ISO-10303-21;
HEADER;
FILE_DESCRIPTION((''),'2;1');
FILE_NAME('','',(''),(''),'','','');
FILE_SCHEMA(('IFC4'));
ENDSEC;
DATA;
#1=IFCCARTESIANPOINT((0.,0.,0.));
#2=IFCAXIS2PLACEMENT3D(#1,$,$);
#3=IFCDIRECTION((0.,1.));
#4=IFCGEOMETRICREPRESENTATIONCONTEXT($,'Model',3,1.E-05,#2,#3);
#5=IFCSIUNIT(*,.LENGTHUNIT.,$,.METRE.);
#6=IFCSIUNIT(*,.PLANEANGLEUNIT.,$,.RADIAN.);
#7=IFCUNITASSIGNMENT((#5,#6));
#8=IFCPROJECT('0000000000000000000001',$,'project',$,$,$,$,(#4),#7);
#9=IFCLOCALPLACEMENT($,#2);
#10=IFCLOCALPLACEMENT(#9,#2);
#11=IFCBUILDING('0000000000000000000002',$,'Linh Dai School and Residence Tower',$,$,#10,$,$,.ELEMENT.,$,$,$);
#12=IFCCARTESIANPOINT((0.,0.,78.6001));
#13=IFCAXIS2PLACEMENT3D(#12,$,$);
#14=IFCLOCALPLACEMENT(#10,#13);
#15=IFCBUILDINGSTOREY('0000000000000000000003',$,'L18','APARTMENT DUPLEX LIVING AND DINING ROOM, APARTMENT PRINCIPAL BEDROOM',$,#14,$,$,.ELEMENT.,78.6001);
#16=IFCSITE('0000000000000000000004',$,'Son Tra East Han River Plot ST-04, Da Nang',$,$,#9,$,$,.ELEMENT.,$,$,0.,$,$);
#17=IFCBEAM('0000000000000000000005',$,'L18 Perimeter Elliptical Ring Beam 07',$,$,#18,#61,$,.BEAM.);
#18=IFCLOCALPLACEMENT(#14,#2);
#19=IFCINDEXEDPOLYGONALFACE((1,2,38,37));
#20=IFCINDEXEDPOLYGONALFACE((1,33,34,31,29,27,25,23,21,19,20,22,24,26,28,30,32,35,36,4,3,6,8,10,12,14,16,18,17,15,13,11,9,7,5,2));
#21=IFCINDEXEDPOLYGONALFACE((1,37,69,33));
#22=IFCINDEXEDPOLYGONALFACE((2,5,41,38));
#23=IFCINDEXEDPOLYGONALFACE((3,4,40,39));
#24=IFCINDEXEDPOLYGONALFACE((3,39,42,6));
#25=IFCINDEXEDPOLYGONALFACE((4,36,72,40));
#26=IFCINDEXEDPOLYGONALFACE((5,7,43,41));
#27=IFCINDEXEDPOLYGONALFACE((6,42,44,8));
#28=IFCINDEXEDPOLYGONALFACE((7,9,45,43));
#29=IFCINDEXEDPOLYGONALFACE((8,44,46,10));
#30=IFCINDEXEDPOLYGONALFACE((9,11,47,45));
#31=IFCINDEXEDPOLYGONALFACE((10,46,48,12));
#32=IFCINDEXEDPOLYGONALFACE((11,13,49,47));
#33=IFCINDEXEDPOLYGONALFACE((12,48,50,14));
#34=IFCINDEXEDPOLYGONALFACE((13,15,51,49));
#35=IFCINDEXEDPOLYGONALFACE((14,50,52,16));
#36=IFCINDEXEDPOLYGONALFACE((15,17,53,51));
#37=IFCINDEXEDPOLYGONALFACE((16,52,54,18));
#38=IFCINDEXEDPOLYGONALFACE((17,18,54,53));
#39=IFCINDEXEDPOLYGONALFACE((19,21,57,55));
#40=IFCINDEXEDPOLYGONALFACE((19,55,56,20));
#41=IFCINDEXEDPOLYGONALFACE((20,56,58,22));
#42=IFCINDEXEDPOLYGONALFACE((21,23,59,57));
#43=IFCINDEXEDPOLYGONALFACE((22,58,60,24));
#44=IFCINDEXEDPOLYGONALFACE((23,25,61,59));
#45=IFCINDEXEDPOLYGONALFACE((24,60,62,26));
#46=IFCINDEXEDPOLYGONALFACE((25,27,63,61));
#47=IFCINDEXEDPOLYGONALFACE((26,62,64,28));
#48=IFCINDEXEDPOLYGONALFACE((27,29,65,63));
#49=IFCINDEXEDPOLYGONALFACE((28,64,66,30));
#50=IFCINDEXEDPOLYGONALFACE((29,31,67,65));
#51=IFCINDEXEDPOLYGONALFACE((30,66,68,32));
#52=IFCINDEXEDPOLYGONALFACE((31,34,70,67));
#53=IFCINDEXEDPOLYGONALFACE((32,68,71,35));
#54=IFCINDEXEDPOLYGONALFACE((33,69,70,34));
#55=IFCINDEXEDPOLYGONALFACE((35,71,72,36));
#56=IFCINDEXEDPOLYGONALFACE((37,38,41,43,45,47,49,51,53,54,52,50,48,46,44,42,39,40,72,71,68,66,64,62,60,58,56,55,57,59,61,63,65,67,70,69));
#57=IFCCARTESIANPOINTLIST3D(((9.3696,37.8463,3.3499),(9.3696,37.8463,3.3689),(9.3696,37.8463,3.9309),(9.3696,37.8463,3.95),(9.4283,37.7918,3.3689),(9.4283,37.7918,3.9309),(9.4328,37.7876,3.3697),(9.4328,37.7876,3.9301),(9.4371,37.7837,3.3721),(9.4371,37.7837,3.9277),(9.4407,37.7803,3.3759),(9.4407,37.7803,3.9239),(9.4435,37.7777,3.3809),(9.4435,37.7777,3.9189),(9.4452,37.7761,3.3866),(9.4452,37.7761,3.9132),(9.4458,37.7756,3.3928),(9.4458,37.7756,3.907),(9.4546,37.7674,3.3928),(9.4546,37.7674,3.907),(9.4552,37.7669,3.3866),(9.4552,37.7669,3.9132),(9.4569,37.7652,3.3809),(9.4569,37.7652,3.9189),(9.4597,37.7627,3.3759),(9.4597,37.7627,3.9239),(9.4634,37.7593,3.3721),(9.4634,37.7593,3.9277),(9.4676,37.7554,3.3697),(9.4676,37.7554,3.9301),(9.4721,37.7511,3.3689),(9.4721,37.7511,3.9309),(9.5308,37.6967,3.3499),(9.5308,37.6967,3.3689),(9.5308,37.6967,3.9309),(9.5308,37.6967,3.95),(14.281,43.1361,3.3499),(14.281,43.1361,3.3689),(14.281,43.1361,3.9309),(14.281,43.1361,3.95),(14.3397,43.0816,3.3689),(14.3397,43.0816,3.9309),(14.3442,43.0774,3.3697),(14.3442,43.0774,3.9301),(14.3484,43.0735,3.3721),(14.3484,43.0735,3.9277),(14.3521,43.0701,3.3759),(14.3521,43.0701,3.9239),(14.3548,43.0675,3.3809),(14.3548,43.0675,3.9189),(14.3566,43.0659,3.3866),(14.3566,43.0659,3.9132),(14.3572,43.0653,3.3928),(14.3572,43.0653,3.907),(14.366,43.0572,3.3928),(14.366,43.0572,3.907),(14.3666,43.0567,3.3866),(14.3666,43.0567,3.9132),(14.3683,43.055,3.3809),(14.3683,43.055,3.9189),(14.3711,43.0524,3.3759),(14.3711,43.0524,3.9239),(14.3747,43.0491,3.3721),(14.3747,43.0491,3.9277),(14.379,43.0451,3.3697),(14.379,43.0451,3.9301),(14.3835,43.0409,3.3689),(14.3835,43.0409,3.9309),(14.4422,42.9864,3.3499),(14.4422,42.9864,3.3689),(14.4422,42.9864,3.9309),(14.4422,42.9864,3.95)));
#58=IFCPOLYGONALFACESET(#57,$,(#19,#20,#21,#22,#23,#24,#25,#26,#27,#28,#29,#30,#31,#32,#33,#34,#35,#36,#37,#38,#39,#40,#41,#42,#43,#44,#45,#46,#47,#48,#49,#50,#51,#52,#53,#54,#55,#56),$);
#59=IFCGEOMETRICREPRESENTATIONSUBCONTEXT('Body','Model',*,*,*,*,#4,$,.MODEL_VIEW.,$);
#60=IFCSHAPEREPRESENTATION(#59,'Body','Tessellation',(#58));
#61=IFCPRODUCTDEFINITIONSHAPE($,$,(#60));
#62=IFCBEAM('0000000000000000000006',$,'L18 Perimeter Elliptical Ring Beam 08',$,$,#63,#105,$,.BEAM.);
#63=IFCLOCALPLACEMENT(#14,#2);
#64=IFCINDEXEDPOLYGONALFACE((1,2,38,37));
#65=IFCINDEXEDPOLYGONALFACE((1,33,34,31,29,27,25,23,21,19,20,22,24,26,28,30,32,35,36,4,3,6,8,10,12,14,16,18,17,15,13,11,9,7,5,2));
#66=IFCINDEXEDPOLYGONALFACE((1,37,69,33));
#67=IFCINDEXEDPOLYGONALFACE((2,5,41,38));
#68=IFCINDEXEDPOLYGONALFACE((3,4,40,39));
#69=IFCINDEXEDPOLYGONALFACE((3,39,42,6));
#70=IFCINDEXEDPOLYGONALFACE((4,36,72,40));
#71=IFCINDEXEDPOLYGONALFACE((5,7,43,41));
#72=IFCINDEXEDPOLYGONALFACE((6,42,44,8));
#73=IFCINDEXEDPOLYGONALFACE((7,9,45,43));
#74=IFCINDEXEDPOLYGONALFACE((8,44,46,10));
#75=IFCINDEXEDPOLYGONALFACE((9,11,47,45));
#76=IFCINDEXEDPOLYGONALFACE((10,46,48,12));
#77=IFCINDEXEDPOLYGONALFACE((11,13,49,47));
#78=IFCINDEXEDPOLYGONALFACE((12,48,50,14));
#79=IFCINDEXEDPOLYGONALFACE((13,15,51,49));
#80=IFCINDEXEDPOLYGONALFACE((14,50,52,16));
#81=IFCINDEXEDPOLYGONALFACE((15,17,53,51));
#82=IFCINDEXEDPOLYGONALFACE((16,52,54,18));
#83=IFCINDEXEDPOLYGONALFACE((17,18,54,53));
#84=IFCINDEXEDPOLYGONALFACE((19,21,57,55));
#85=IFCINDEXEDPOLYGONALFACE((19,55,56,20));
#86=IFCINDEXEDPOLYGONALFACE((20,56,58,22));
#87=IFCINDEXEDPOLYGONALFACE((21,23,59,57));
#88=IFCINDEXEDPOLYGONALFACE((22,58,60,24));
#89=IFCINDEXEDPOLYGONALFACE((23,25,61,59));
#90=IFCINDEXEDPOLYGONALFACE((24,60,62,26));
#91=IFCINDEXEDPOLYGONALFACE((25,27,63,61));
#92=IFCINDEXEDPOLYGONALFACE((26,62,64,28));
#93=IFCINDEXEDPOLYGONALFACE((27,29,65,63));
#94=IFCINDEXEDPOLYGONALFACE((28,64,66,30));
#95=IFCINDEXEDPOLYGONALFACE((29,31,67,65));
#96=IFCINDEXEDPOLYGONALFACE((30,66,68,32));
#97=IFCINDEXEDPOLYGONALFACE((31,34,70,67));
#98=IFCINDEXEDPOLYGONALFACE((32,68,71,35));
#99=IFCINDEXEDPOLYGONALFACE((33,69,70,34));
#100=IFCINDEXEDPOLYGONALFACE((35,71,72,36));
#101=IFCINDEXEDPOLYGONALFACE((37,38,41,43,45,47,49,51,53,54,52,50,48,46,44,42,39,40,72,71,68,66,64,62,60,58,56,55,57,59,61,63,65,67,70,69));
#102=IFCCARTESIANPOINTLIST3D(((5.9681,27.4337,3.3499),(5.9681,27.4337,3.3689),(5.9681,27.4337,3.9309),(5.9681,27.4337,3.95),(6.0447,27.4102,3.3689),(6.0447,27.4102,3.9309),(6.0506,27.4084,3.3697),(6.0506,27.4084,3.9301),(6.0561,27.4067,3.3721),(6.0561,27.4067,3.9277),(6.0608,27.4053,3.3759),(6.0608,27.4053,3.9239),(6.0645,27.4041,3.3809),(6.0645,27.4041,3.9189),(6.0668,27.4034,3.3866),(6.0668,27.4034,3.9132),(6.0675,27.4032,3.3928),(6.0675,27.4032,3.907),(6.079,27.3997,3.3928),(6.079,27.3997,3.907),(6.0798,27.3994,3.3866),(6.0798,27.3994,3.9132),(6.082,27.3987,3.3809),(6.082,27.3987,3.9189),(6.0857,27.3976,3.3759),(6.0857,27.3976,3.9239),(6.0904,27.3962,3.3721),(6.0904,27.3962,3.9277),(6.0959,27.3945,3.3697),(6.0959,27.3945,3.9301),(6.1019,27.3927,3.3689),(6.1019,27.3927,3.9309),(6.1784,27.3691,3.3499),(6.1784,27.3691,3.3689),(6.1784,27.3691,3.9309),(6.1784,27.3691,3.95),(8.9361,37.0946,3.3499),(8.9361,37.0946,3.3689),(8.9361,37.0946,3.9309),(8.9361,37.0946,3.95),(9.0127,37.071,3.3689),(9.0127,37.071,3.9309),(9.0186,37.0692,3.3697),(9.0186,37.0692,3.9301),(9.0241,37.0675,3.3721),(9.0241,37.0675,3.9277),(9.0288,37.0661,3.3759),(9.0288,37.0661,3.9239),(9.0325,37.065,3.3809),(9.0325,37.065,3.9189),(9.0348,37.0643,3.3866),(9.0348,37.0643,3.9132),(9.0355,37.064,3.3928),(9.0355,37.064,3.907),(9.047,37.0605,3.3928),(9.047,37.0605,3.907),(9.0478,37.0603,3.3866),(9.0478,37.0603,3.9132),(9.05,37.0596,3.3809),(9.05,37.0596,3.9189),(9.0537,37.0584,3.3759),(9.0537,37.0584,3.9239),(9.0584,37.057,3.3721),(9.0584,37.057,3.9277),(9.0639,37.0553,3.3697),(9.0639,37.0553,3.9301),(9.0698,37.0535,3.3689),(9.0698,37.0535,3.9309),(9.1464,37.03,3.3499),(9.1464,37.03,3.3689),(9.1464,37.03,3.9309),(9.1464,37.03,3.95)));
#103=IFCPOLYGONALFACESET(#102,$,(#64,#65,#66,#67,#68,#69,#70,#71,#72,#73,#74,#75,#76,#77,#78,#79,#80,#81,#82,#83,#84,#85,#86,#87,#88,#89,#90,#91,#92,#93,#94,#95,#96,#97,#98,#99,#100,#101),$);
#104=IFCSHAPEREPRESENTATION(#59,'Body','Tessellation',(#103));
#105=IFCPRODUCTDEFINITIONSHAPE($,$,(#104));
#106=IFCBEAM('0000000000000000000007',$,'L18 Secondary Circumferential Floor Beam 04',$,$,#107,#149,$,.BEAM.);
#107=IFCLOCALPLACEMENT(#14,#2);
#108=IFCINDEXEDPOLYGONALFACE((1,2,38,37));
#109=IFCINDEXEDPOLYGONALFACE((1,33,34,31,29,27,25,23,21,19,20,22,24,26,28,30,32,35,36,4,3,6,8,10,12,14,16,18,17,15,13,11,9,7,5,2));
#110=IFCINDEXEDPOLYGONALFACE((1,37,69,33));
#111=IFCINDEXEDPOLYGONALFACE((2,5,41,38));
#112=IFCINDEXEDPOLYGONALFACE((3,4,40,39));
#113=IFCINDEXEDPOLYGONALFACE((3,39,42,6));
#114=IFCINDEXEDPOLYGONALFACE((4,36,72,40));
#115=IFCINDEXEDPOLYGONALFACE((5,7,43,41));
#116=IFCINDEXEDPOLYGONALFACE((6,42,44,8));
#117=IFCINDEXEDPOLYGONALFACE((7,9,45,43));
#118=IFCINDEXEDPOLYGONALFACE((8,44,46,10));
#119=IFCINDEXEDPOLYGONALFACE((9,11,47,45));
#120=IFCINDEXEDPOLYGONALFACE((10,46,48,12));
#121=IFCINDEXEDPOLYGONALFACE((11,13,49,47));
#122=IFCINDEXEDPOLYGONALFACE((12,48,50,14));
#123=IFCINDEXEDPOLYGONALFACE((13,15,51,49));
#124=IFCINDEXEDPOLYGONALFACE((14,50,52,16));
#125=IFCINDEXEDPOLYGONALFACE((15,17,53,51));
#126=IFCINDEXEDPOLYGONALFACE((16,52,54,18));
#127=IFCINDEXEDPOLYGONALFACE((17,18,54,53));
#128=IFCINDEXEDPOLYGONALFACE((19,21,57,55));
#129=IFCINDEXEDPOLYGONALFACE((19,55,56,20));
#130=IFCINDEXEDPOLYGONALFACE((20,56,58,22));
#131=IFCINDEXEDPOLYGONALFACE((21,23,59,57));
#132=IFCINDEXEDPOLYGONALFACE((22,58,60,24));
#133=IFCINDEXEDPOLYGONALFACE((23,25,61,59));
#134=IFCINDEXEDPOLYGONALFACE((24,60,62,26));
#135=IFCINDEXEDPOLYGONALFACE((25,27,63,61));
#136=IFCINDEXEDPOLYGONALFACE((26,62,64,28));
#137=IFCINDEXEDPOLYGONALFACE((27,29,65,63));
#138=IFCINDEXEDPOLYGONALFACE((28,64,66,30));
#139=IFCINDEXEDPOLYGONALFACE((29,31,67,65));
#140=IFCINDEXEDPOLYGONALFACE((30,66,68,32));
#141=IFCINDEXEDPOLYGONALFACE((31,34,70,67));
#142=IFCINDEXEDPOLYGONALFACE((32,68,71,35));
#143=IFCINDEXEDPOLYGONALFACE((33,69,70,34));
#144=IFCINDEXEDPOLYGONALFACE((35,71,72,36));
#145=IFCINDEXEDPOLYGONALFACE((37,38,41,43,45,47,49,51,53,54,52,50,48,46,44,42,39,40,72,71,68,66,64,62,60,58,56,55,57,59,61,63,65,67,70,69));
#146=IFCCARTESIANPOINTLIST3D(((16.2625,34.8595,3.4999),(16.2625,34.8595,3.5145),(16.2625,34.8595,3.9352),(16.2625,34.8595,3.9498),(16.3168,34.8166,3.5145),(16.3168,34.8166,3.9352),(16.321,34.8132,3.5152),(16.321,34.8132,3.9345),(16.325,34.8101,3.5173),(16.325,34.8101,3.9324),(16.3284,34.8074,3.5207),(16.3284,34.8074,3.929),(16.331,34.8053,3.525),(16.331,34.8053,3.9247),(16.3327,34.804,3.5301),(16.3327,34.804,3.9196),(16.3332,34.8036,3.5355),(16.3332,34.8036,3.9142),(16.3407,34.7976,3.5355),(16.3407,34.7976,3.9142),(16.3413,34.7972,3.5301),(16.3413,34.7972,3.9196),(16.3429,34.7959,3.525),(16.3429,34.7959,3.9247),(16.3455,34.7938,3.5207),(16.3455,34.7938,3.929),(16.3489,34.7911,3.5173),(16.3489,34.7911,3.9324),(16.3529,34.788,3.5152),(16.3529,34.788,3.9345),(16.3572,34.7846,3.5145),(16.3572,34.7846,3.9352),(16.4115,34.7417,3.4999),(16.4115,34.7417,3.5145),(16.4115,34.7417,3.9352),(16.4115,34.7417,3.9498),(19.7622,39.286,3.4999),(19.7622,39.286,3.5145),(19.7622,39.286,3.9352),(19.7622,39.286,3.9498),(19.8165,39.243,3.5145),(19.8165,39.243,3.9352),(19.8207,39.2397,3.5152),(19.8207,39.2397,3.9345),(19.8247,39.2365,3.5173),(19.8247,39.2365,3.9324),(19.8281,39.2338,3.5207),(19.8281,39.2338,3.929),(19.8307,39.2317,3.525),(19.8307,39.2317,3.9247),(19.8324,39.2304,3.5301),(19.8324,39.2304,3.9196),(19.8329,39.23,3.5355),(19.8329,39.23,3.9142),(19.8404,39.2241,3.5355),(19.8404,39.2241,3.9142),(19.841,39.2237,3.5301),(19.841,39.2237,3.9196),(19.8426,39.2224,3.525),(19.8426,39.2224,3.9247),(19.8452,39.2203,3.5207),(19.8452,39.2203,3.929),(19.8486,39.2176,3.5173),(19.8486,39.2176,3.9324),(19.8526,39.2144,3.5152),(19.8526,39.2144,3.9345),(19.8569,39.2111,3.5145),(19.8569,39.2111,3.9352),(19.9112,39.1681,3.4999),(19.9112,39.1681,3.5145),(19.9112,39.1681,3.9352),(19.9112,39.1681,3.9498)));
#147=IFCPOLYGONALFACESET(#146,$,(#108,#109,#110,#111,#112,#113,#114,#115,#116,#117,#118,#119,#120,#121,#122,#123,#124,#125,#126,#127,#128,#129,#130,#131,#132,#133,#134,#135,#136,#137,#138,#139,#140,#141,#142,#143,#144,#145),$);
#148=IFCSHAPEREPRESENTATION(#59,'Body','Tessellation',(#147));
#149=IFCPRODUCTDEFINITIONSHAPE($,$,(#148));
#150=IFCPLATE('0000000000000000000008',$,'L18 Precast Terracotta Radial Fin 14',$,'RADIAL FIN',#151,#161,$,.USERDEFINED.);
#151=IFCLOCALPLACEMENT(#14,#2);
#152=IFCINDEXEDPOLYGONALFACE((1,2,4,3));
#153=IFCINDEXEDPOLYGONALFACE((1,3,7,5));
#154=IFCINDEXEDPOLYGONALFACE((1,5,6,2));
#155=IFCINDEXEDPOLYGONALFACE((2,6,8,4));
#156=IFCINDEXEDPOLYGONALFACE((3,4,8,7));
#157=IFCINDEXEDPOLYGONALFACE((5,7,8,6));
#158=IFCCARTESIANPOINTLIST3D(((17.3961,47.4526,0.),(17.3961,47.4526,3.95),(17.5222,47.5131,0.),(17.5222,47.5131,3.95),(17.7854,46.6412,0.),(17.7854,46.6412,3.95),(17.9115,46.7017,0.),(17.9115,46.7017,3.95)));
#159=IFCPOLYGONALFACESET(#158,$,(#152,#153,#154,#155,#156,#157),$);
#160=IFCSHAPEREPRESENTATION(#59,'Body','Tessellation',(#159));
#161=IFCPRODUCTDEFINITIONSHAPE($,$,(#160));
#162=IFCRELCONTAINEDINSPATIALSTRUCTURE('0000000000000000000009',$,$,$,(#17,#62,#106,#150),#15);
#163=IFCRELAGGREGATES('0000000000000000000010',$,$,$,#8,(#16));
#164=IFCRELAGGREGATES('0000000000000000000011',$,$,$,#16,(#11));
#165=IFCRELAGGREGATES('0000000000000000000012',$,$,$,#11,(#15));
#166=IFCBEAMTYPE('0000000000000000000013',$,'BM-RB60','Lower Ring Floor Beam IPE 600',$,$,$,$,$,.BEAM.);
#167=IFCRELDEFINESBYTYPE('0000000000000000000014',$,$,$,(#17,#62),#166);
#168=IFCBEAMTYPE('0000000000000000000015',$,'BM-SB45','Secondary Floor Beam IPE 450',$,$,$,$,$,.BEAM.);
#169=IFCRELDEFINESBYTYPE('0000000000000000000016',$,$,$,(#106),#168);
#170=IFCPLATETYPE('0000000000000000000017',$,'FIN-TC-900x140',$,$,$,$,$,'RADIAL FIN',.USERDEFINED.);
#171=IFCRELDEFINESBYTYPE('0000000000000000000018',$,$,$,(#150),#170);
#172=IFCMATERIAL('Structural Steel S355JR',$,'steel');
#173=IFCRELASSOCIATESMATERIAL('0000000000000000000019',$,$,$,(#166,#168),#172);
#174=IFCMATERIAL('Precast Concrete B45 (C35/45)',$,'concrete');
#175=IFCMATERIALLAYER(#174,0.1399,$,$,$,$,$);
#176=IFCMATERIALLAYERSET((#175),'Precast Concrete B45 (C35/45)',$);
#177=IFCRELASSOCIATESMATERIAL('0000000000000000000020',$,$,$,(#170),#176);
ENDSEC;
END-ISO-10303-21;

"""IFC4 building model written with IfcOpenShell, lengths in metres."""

from ifc_helpers import new_model, si_unit, direction, frame, origin, origin_2d, place, context, subcontext, project, spatial, rectangle, i_section, extrude, source, transform, mapped, material, layer, layer_set, material_profile, profile_set, type_object, element, save


model = new_model("IFC4")

# Units and contexts
model_context = context("Model", 3, precision=1e-05, world=origin(), true_north=direction((0.0, 1.0)))
body_context = subcontext(model_context, "Body", "Model", "MODEL_VIEW")
ifc_project = project(units=[si_unit("LENGTHUNIT", "METRE"), si_unit("PLANEANGLEUNIT", "RADIAN")], contexts=[model_context])

# Site, building, storey
site_placement = place(None, origin())
site = spatial("IfcSite", under=ifc_project, at=site_placement, Name="Son Tra East Han River Plot ST-04, Da Nang", CompositionType="ELEMENT", RefElevation=0.0)
building_placement = place(site_placement, origin())
building = spatial("IfcBuilding", under=site, at=building_placement, Name="Linh Dai School and Residence Tower", CompositionType="ELEMENT")
storey_placement = place(building_placement, frame((0.0, 0.0, 78.6001)))
storey = spatial("IfcBuildingStorey", under=building, at=storey_placement, Name="L18", Description="APARTMENT DUPLEX LIVING AND DINING ROOM, APARTMENT PRINCIPAL BEDROOM", CompositionType="ELEMENT", Elevation=78.6001)

# Shared definitions
ifc_material_1 = material(Name="Structural Steel S355JR", Category="steel")

# Beams
ifc_material_profile_1 = material_profile(ifc_material_1, i_section(OverallWidth=0.22, OverallDepth=0.6001, WebThickness=0.012, FlangeThickness=0.019, FilletRadius=0.0239, at=origin_2d()), Name="IPE 600")
ifc_profile_set_1 = profile_set([ifc_material_profile_1], Name="Structural Steel S355JR")
beam_type_1 = type_object("IfcBeamType", Name="BM-RB60", Description="Lower Ring Floor Beam IPE 600", PredefinedType="BEAM", material=ifc_profile_set_1)
beam_1_placement = place(storey_placement, frame((14.3616, 43.0613, 3.6499), z_axis=(-0.680408, -0.732833, 0.0), x_axis=(0.732833, -0.680408, 0.0)))
element("IfcBeam", 1, at=beam_1_placement, inside=storey, type_object=beam_type_1, Name="L18 Perimeter Elliptical Ring Beam 07", PredefinedType="BEAM", context=body_context, shape_type="SweptSolid", body=[
    extrude(i_section(OverallWidth=0.22, OverallDepth=0.6001, WebThickness=0.012, FlangeThickness=0.019, FilletRadius=0.0239, at=origin_2d()), origin(), (0.0, 0.0, 1.0), 7.2183),
])
beam_2_placement = place(storey_placement, frame((9.0413, 37.0623, 3.6499), z_axis=(-0.293673, -0.955906, 0.0), x_axis=(0.955906, -0.293673, 0.0)))
element("IfcBeam", 2, at=beam_2_placement, inside=storey, type_object=beam_type_1, Name="L18 Perimeter Elliptical Ring Beam 08", PredefinedType="BEAM", context=body_context, shape_type="SweptSolid", body=[
    extrude(i_section(OverallWidth=0.22, OverallDepth=0.6001, WebThickness=0.012, FlangeThickness=0.019, FilletRadius=0.0239, at=origin_2d()), origin(), (0.0, 0.0, 1.0), 10.1064),
])
ifc_material_profile_2 = material_profile(ifc_material_1, i_section(OverallWidth=0.1899, OverallDepth=0.45, WebThickness=0.0095, FlangeThickness=0.0146, FilletRadius=0.021, at=origin_2d()), Name="IPE 450")
ifc_profile_set_2 = profile_set([ifc_material_profile_2], Name="Structural Steel S355JR")
beam_type_2 = type_object("IfcBeamType", Name="BM-SB45", Description="Secondary Floor Beam IPE 450", PredefinedType="BEAM", material=ifc_profile_set_2)
beam_3_placement = place(storey_placement, frame((19.8367, 39.2271, 3.7249), z_axis=(-0.620205, -0.78444, 0.0), x_axis=(0.78444, -0.620205, 0.0)))
element("IfcBeam", 3, at=beam_3_placement, inside=storey, type_object=beam_type_2, Name="L18 Secondary Circumferential Floor Beam 04", PredefinedType="BEAM", context=body_context, shape_type="SweptSolid", body=[
    extrude(i_section(OverallWidth=0.1899, OverallDepth=0.45, WebThickness=0.0095, FlangeThickness=0.0146, FilletRadius=0.021, at=origin_2d()), origin(), (0.0, 0.0, 1.0), 5.6428),
])

# Plate
ifc_material_2 = material(Name="Precast Concrete B45 (C35/45)", Category="concrete")
ifc_layer_1 = layer(ifc_material_2, 0.1399)
ifc_layer_set_1 = layer_set([ifc_layer_1], Name="Precast Concrete B45 (C35/45)")
plate_type = type_object("IfcPlateType", Name="FIN-TC-900x140", ElementType="RADIAL FIN", PredefinedType="USERDEFINED", material=ifc_layer_set_1)
shared_shape_1 = source(origin(), body_context, "Body", "SweptSolid", [
    extrude(rectangle(XDim=0.8999, YDim=0.1399, at=origin_2d()), origin(), (0.0, 0.0, 1.0), 3.95),
])
plate_placement = place(storey_placement, frame((17.6538, 47.0771, 0.0), z_axis=(0.0, 0.0, 1.0), x_axis=(-0.432603, 0.901585, 0.0)))
element("IfcPlate", 4, at=plate_placement, inside=storey, type_object=plate_type, Name="L18 Precast Terracotta Radial Fin 14", ObjectType="RADIAL FIN", PredefinedType="USERDEFINED", context=body_context, shape_type="MappedRepresentation", body=[
    mapped(shared_shape_1, transform((0.0, 0.0, 0.0), x_axis=(1.0, 0.0, 0.0), y_axis=(0.0, 1.0, 0.0), z_axis=(0.0, 0.0, 1.0), scale=1.0)),
])

save(model, "model.ifc")
